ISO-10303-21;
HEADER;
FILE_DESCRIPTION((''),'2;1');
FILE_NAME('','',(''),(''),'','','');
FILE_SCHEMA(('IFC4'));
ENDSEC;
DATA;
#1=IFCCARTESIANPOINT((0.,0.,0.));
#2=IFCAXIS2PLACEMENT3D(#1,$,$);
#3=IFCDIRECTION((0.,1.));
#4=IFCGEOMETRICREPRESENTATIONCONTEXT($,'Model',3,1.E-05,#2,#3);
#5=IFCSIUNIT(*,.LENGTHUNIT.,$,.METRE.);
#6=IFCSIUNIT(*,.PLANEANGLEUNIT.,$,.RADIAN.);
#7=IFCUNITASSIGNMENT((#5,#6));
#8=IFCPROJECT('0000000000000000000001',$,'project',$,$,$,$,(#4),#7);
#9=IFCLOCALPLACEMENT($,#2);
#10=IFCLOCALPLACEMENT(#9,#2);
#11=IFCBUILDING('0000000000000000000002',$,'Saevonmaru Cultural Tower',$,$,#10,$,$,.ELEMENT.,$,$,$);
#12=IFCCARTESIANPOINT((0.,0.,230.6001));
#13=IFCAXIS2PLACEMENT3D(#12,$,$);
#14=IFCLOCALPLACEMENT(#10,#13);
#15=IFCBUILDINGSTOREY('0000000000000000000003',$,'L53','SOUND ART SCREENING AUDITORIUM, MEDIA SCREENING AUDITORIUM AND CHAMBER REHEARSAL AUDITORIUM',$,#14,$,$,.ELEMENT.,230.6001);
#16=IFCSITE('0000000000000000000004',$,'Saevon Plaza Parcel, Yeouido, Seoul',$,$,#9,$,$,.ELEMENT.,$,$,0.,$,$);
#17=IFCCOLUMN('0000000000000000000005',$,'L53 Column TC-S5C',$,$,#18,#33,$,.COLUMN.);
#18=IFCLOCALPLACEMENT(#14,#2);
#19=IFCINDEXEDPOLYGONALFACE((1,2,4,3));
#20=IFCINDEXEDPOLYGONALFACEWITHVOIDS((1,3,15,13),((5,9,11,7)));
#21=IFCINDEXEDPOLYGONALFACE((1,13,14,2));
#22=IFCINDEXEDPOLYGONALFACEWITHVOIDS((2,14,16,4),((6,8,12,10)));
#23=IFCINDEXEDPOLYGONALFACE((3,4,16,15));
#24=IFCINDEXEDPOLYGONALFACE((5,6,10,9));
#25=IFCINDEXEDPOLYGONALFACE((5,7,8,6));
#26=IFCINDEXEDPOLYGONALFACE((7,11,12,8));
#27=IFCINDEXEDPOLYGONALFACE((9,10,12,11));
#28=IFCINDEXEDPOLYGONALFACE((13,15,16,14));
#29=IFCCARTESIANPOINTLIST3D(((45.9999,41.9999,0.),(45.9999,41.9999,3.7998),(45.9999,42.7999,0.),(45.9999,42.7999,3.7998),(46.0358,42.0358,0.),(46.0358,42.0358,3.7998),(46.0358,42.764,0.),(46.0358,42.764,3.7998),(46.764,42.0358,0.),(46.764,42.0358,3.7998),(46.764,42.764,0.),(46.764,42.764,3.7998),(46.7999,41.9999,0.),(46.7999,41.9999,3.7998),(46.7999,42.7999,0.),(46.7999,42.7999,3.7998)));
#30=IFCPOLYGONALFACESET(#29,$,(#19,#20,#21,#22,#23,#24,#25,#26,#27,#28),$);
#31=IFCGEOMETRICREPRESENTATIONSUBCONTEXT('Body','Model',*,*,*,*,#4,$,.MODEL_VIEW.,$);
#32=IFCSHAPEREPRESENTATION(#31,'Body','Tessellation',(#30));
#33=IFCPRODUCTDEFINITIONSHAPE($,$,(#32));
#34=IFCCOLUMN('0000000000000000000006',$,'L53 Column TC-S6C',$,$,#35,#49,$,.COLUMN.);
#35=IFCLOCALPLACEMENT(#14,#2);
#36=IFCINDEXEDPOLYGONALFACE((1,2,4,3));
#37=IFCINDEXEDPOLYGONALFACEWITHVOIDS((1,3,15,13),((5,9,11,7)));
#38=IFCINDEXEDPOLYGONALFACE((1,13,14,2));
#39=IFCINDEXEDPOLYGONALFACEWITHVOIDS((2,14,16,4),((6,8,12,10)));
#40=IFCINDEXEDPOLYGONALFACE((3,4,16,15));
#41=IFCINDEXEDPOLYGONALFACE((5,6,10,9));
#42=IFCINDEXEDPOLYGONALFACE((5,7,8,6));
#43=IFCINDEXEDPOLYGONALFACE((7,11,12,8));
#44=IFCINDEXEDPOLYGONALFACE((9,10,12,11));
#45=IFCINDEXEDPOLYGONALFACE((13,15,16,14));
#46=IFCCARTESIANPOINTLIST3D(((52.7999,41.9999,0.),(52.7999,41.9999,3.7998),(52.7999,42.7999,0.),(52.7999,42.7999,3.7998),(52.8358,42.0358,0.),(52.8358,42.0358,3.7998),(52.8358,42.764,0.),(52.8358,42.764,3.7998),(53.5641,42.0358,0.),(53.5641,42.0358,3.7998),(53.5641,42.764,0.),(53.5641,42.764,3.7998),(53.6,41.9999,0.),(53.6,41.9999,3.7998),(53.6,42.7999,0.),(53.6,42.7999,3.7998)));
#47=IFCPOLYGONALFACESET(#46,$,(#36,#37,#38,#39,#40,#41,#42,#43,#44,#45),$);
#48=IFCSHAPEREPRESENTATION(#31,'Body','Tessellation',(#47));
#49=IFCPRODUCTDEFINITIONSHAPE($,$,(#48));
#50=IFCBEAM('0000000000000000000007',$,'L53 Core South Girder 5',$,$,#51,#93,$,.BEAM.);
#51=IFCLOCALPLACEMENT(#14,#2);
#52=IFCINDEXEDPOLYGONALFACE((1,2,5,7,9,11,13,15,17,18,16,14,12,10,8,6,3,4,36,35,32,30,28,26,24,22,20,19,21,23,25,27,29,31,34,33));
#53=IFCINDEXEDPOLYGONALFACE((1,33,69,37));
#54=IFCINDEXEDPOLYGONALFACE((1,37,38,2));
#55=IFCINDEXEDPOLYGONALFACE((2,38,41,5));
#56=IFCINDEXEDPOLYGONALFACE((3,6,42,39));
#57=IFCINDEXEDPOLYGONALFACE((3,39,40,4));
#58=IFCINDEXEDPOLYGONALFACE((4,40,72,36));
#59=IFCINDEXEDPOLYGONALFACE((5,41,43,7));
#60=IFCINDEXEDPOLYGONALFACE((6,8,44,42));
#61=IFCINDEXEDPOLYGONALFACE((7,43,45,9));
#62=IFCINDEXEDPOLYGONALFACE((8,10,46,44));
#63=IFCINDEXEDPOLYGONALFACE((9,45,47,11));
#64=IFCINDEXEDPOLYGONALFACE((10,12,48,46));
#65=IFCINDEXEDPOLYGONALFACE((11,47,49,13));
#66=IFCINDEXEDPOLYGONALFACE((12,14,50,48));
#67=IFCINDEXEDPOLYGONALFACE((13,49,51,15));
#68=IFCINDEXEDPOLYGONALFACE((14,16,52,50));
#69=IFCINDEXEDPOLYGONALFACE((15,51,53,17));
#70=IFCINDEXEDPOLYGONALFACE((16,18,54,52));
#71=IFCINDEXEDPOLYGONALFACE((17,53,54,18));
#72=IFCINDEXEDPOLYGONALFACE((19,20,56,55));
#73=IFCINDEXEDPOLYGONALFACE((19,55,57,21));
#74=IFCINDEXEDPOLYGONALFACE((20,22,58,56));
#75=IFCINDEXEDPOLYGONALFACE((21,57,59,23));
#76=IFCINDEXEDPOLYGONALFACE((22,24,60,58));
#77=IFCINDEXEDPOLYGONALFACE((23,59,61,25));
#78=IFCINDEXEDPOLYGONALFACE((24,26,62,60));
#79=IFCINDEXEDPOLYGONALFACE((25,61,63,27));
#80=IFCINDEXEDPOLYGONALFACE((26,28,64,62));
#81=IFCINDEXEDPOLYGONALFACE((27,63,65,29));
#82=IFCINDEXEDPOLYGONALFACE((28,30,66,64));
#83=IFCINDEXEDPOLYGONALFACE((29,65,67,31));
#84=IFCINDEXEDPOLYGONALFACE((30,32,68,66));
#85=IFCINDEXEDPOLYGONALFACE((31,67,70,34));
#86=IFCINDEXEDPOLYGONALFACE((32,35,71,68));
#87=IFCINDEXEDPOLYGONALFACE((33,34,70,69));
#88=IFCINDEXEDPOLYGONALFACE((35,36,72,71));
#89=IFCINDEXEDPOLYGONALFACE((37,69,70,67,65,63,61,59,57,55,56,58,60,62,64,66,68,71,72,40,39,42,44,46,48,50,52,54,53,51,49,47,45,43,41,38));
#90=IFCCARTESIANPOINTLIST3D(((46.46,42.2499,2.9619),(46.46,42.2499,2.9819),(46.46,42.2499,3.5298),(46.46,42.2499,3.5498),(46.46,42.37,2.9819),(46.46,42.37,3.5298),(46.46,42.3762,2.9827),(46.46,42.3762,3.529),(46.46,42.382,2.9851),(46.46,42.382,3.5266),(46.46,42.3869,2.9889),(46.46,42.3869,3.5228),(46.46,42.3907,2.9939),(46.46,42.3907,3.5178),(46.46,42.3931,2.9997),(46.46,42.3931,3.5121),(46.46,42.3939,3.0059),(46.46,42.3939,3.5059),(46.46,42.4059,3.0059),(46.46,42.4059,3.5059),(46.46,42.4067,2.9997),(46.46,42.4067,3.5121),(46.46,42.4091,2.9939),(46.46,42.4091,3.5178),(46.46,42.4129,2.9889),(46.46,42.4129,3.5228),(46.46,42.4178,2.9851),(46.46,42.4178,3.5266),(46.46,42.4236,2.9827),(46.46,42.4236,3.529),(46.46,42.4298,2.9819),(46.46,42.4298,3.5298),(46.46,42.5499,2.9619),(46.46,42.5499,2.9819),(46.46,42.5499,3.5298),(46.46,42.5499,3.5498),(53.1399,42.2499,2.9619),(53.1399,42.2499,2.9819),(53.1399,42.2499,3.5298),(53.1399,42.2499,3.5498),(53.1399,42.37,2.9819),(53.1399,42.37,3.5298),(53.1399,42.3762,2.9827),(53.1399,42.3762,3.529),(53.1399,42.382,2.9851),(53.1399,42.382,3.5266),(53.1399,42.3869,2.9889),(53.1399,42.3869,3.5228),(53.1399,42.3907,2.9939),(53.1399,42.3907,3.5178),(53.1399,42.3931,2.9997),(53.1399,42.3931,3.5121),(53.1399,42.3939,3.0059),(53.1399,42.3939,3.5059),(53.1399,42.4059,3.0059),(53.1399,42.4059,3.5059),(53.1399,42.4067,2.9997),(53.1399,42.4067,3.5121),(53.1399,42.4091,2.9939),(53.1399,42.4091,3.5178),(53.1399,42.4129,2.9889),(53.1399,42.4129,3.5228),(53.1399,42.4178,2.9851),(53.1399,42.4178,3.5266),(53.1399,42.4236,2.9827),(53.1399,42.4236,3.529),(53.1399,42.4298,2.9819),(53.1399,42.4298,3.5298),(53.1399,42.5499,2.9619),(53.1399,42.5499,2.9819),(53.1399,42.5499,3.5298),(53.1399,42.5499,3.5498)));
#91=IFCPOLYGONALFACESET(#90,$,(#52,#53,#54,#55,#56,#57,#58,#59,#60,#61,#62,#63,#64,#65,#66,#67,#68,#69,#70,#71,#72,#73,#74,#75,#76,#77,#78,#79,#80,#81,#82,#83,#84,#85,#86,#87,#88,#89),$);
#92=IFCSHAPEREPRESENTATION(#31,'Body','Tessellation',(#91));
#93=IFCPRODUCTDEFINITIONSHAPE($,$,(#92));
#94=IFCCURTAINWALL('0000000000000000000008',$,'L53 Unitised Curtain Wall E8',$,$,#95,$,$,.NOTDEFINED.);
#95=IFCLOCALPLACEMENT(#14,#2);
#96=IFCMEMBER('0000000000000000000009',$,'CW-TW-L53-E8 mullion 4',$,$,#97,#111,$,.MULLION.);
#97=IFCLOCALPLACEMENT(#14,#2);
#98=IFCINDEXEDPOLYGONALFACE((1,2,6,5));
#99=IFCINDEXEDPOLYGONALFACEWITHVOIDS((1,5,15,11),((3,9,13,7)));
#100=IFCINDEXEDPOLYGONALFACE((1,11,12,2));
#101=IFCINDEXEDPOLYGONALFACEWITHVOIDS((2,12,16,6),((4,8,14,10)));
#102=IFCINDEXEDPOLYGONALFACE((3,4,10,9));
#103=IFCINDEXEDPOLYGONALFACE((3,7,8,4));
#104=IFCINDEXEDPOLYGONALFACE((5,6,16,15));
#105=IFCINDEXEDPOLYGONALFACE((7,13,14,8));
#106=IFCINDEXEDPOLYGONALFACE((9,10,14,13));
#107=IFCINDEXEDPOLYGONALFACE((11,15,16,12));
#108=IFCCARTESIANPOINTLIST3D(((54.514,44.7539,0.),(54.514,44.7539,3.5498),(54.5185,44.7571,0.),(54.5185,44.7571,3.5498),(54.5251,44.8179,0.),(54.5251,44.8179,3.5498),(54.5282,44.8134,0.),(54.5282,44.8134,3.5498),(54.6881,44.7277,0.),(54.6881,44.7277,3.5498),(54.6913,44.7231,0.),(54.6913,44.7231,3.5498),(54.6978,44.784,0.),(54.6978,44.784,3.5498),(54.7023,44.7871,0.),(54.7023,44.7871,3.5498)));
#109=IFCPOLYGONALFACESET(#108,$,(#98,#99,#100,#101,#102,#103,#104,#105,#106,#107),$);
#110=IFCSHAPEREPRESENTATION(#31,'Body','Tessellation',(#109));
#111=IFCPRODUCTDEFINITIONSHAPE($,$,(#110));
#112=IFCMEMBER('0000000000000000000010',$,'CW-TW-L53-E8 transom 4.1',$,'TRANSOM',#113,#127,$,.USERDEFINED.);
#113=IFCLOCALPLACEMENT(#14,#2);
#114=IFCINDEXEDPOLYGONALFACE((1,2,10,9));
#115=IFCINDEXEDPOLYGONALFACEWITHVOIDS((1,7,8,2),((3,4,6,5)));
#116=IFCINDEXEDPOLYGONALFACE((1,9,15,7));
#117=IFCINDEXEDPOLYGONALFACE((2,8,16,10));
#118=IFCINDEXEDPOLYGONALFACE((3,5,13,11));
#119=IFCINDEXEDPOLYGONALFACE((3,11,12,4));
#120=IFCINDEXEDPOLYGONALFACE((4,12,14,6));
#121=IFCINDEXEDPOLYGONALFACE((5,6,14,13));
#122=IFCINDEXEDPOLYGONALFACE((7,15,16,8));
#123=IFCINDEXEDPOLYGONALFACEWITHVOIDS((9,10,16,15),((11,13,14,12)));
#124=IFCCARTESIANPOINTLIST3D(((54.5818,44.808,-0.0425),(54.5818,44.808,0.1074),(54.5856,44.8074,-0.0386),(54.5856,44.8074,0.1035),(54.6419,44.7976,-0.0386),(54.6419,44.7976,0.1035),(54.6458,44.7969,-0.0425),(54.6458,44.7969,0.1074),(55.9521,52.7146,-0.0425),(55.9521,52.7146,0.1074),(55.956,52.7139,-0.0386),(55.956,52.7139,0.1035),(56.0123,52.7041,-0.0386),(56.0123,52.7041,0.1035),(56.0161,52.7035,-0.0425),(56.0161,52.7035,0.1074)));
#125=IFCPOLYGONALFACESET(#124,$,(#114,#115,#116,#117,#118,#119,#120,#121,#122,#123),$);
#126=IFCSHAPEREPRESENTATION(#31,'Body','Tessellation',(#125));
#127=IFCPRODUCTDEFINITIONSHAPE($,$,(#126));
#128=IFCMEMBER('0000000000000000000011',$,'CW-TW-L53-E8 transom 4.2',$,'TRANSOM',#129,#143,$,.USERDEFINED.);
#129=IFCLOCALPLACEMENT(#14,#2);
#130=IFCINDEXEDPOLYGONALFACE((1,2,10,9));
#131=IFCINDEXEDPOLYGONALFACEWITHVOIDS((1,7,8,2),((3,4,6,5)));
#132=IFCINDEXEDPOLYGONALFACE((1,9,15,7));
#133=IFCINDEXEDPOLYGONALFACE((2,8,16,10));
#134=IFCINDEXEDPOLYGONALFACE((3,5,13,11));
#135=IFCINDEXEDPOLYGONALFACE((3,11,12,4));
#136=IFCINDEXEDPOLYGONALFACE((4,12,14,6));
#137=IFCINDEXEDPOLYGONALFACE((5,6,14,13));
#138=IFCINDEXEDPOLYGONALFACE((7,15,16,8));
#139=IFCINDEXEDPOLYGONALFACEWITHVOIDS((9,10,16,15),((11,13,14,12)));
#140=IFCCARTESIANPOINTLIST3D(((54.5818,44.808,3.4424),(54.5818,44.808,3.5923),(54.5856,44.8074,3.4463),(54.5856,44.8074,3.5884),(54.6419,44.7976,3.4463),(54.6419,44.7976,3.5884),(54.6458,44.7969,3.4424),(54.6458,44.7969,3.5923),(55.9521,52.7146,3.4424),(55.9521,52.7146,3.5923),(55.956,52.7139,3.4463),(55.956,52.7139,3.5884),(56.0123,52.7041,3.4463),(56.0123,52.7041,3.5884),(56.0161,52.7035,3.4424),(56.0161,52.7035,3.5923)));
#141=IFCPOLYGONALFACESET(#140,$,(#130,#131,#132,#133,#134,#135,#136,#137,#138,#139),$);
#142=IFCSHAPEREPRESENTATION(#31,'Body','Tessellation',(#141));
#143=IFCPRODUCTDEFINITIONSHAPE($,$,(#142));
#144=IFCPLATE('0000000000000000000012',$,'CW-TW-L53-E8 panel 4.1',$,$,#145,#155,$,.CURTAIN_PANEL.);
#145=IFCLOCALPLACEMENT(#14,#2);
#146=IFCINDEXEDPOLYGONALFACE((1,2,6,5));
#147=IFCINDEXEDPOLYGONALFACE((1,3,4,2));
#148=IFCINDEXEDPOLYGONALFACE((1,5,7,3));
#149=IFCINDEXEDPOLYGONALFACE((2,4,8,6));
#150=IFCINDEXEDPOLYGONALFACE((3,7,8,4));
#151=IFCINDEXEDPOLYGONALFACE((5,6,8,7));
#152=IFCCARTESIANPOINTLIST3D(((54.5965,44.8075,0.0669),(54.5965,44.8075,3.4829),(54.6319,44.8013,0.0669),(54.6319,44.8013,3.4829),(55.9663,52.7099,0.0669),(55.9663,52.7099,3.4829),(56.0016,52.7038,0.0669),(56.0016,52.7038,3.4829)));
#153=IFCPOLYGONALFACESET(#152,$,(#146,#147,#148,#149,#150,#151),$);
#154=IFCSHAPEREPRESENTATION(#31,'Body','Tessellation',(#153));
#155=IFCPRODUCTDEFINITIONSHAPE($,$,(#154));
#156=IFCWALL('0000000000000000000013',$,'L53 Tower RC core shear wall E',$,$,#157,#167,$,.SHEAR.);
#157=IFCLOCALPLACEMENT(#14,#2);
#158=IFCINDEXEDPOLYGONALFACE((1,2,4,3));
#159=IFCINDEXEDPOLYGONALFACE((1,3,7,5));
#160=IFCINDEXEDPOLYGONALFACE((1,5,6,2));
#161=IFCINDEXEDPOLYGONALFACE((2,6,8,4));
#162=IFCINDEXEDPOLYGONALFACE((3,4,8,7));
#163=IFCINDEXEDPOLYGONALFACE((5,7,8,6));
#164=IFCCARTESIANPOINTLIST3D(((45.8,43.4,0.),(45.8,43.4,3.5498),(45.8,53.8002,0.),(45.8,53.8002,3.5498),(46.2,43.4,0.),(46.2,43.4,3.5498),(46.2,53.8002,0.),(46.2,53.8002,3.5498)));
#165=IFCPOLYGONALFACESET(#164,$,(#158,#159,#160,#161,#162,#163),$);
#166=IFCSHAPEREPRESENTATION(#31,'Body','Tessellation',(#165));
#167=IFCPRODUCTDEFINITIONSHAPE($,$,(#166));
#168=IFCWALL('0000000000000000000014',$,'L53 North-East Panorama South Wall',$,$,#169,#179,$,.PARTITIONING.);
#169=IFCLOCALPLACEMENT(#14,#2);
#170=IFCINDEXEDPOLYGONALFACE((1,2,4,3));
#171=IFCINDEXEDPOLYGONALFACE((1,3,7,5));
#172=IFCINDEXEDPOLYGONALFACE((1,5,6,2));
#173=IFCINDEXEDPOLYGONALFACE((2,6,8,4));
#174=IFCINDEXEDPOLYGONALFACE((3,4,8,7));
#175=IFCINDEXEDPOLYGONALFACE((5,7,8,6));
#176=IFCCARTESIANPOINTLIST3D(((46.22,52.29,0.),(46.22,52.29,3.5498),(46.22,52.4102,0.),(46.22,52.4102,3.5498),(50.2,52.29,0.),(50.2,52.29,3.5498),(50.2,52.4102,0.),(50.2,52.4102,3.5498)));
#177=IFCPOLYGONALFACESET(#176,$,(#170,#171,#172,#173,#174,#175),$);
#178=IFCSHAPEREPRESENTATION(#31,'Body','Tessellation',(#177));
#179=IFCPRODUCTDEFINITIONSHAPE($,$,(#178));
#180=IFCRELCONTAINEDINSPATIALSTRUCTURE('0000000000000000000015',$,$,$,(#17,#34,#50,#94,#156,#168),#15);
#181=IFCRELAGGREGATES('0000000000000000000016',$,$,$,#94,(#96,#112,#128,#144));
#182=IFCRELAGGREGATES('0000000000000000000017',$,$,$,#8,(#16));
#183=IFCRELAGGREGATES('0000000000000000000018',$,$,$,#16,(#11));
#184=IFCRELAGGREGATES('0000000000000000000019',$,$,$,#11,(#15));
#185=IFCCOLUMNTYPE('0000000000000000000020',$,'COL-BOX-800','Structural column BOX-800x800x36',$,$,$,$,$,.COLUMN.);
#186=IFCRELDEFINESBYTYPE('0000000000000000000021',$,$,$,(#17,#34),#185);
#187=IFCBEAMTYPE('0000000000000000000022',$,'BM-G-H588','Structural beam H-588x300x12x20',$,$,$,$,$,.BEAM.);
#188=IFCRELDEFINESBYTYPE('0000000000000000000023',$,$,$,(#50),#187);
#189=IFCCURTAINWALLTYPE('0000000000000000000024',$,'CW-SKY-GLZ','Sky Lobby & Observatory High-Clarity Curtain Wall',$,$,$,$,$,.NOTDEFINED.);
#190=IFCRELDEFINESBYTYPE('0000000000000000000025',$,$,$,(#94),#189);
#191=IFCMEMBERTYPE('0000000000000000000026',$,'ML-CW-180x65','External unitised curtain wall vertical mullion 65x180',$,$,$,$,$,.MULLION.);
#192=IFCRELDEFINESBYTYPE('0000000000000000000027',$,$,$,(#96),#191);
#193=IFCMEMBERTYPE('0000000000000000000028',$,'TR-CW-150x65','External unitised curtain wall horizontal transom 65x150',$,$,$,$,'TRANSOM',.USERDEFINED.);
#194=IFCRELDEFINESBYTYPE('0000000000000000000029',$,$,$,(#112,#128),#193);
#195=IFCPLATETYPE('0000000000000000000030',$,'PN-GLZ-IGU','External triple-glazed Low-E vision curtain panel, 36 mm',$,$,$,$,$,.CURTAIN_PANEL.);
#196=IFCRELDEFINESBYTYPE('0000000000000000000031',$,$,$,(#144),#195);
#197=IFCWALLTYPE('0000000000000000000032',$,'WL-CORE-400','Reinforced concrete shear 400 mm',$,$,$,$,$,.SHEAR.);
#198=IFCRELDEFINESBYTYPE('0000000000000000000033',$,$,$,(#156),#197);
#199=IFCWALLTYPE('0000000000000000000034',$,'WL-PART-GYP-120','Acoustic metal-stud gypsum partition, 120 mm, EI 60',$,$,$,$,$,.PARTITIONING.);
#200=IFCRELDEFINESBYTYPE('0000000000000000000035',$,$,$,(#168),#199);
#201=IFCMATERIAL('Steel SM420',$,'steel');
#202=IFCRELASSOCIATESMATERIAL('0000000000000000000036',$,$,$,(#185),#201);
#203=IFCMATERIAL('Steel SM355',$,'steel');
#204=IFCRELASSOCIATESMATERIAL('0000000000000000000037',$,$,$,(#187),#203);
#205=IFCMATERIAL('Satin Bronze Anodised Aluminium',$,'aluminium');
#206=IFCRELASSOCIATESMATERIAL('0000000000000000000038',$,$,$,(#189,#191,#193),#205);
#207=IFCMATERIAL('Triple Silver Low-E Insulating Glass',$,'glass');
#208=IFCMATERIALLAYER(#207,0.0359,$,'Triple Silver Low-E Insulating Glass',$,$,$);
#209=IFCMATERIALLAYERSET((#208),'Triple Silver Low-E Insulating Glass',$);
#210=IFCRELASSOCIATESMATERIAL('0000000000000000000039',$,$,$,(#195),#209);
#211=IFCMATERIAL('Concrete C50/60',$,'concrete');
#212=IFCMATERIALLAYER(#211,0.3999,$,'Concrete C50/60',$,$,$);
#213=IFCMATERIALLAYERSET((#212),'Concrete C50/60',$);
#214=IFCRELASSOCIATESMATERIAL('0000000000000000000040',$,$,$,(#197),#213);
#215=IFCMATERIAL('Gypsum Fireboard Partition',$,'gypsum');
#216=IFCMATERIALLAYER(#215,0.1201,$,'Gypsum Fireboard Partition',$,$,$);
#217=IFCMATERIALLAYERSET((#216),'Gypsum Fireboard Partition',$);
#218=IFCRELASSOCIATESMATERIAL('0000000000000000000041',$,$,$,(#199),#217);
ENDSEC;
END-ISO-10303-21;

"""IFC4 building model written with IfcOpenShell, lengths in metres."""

from ifc_helpers import new_model, si_unit, direction, frame, frame_2d, origin, origin_2d, place, context, subcontext, project, spatial, rectangle, hollow_rectangle, i_section, extrude, material, layer, layer_set, material_profile, profile_set, type_object, element, aggregate, save


model = new_model("IFC4")

# Units and contexts
model_context = context("Model", 3, precision=1e-05, world=origin(), true_north=direction((0.0, 1.0)))
body_context = subcontext(model_context, "Body", "Model", "MODEL_VIEW")
ifc_project = project(units=[si_unit("LENGTHUNIT", "METRE"), si_unit("PLANEANGLEUNIT", "RADIAN")], contexts=[model_context])

# Site, building, storey
site_placement = place(None, origin())
site = spatial("IfcSite", under=ifc_project, at=site_placement, Name="Saevon Plaza Parcel, Yeouido, Seoul", CompositionType="ELEMENT", RefElevation=0.0)
building_placement = place(site_placement, origin())
building = spatial("IfcBuilding", under=site, at=building_placement, Name="Saevonmaru Cultural Tower", CompositionType="ELEMENT")
storey_placement = place(building_placement, frame((0.0, 0.0, 230.6001)))
storey = spatial("IfcBuildingStorey", under=building, at=storey_placement, Name="L53", Description="SOUND ART SCREENING AUDITORIUM, MEDIA SCREENING AUDITORIUM AND CHAMBER REHEARSAL AUDITORIUM", CompositionType="ELEMENT", Elevation=230.6001)

# Columns
ifc_material_1 = material(Name="Steel SM420", Category="steel")
ifc_material_profile_1 = material_profile(ifc_material_1, hollow_rectangle(XDim=0.8, YDim=0.8, WallThickness=0.0359, at=origin_2d()), Name="BOX-800x800x36")
ifc_profile_set_1 = profile_set([ifc_material_profile_1], Name="Steel SM420")
column_type = type_object("IfcColumnType", Name="COL-BOX-800", Description="Structural column BOX-800x800x36", PredefinedType="COLUMN", material=ifc_profile_set_1)
for number, where, z_axis, x_axis, name in (
    (1, (46.3999, 42.3999, 0.0), (0.0, 0.0, 1.0), (1.0, 0.0, 0.0), "L53 Column TC-S5C"),
    (2, (53.2, 42.3999, 0.0), (0.0, 0.0, 1.0), (1.0, 0.0, 0.0), "L53 Column TC-S6C"),
):
    element("IfcColumn", number, at=place(storey_placement, frame(where, z_axis=z_axis, x_axis=x_axis)), inside=storey, type_object=column_type, Name=name, PredefinedType="COLUMN", context=body_context, shape_type="SweptSolid", body=[
        extrude(hollow_rectangle(XDim=0.8, YDim=0.8, WallThickness=0.0359, at=origin_2d()), origin(), (0.0, 0.0, 1.0), 3.7998),
    ])

# Beam
ifc_material_2 = material(Name="Steel SM355", Category="steel")
ifc_material_profile_2 = material_profile(ifc_material_2, i_section(OverallWidth=0.3, OverallDepth=0.5879, WebThickness=0.012, FlangeThickness=0.02, FilletRadius=0.0239, at=origin_2d()), Name="H-588x300x12x20")
ifc_profile_set_2 = profile_set([ifc_material_profile_2], Name="Steel SM355")
beam_type = type_object("IfcBeamType", Name="BM-G-H588", Description="Structural beam H-588x300x12x20", PredefinedType="BEAM", material=ifc_profile_set_2)
beam_placement = place(storey_placement, frame((46.46, 42.3999, 3.2559), z_axis=(1.0, 0.0, 0.0), x_axis=(0.0, 1.0, 0.0)))
element("IfcBeam", 3, at=beam_placement, inside=storey, type_object=beam_type, Name="L53 Core South Girder 5", PredefinedType="BEAM", context=body_context, shape_type="SweptSolid", body=[
    extrude(i_section(OverallWidth=0.3, OverallDepth=0.5879, WebThickness=0.012, FlangeThickness=0.02, FilletRadius=0.0239, at=origin_2d()), origin(), (0.0, 0.0, 1.0), 6.6799),
])

# Curtain wall, members, plate
ifc_material_3 = material(Name="Satin Bronze Anodised Aluminium", Category="aluminium")
curtain_wall_type = type_object("IfcCurtainWallType", Name="CW-SKY-GLZ", Description="Sky Lobby & Observatory High-Clarity Curtain Wall", PredefinedType="NOTDEFINED", material=ifc_material_3)
curtain_wall_placement = place(storey_placement, origin())
curtain_wall = element("IfcCurtainWall", 4, at=curtain_wall_placement, inside=storey, type_object=curtain_wall_type, Name="L53 Unitised Curtain Wall E8", PredefinedType="NOTDEFINED")
ifc_material_profile_3 = material_profile(ifc_material_3, hollow_rectangle(XDim=0.0649, YDim=0.1799, WallThickness=0.0039, at=origin_2d()), Name="ALU-MULL-180x65x4")
ifc_profile_set_3 = profile_set([ifc_material_profile_3], Name="Satin Bronze Anodised Aluminium")
member_type_1 = type_object("IfcMemberType", Name="ML-CW-180x65", Description="External unitised curtain wall vertical mullion 65x180", PredefinedType="MULLION", material=ifc_profile_set_3)
member_1_placement = place(storey_placement, frame((54.6082, 44.7705, 0.0), z_axis=(0.0, 0.0, 1.0), x_axis=(0.17079, 0.985307, 0.0)))
member_1 = element("IfcMember", 5, at=member_1_placement, type_object=member_type_1, Name="CW-TW-L53-E8 mullion 4", PredefinedType="MULLION", context=body_context, shape_type="SweptSolid", body=[
    extrude(hollow_rectangle(XDim=0.0649, YDim=0.1799, WallThickness=0.0039, at=origin_2d()), origin(), (0.0, 0.0, 1.0), 3.5498),
])
ifc_material_profile_4 = material_profile(ifc_material_3, hollow_rectangle(XDim=0.0649, YDim=0.1499, WallThickness=0.0039, at=origin_2d()), Name="ALU-TRAN-150x65x4")
ifc_profile_set_4 = profile_set([ifc_material_profile_4], Name="Satin Bronze Anodised Aluminium")
member_type_2 = type_object("IfcMemberType", Name="TR-CW-150x65", Description="External unitised curtain wall horizontal transom 65x150", ElementType="TRANSOM", PredefinedType="USERDEFINED", material=ifc_profile_set_4)
member_2_placement = place(storey_placement, frame((54.6138, 44.8025, 0.0325), z_axis=(0.170775, 0.98531, 0.0), x_axis=(-0.98531, 0.170775, 0.0)))
member_2 = element("IfcMember", 6, at=member_2_placement, type_object=member_type_2, Name="CW-TW-L53-E8 transom 4.1", ObjectType="TRANSOM", PredefinedType="USERDEFINED", context=body_context, shape_type="SweptSolid", body=[
    extrude(hollow_rectangle(XDim=0.0649, YDim=0.1499, WallThickness=0.0039, at=origin_2d()), origin(), (0.0, 0.0, 1.0), 8.0244),
])
member_3_placement = place(storey_placement, frame((54.6138, 44.8025, 3.5173), z_axis=(0.170775, 0.98531, 0.0), x_axis=(-0.98531, 0.170775, 0.0)))
member_3 = element("IfcMember", 7, at=member_3_placement, type_object=member_type_2, Name="CW-TW-L53-E8 transom 4.2", ObjectType="TRANSOM", PredefinedType="USERDEFINED", context=body_context, shape_type="SweptSolid", body=[
    extrude(hollow_rectangle(XDim=0.0649, YDim=0.1499, WallThickness=0.0039, at=origin_2d()), origin(), (0.0, 0.0, 1.0), 8.0244),
])
ifc_material_4 = material(Name="Triple Silver Low-E Insulating Glass", Category="glass")
ifc_layer_1 = layer(ifc_material_4, 0.0359, Name="Triple Silver Low-E Insulating Glass")
ifc_layer_set_1 = layer_set([ifc_layer_1], Name="Triple Silver Low-E Insulating Glass")
plate_type = type_object("IfcPlateType", Name="PN-GLZ-IGU", Description="External triple-glazed Low-E vision curtain panel, 36 mm", PredefinedType="CURTAIN_PANEL", material=ifc_layer_set_1)
plate_placement = place(storey_placement, frame((55.2991, 48.7556, 0.0669), z_axis=(0.0, 0.0, 1.0), x_axis=(0.17079, 0.985307, 0.0)))
plate = element("IfcPlate", 8, at=plate_placement, type_object=plate_type, Name="CW-TW-L53-E8 panel 4.1", PredefinedType="CURTAIN_PANEL", context=body_context, shape_type="SweptSolid", body=[
    extrude(rectangle(XDim=8.0203, YDim=0.0359, at=origin_2d()), origin(), (0.0, 0.0, 1.0), 3.416),
])
aggregate(curtain_wall, [member_1, member_2, member_3, plate])

# Wall
ifc_material_5 = material(Name="Concrete C50/60", Category="concrete")
ifc_layer_2 = layer(ifc_material_5, 0.3999, Name="Concrete C50/60")
ifc_layer_set_2 = layer_set([ifc_layer_2], Name="Concrete C50/60")
wall_type_1 = type_object("IfcWallType", Name="WL-CORE-400", Description="Reinforced concrete shear 400 mm", PredefinedType="SHEAR", material=ifc_layer_set_2)
wall_1_placement = place(storey_placement, frame((46.0, 43.3999, 0.0), z_axis=(0.0, 0.0, 1.0), x_axis=(0.0, 1.0, 0.0)))
element("IfcWall", 9, at=wall_1_placement, inside=storey, type_object=wall_type_1, Name="L53 Tower RC core shear wall E", PredefinedType="SHEAR", context=body_context, shape_type="SweptSolid", body=[
    extrude(rectangle(XDim=10.4001, YDim=0.3999, at=frame_2d((5.2002, 0.0))), origin(), (0.0, 0.0, 1.0), 3.5498),
])

# Shared definitions
ifc_material_6 = material(Name="Gypsum Fireboard Partition", Category="gypsum")

# Wall
ifc_layer_3 = layer(ifc_material_6, 0.1201, Name="Gypsum Fireboard Partition")
ifc_layer_set_3 = layer_set([ifc_layer_3], Name="Gypsum Fireboard Partition")
wall_type_2 = type_object("IfcWallType", Name="WL-PART-GYP-120", Description="Acoustic metal-stud gypsum partition, 120 mm, EI 60", PredefinedType="PARTITIONING", material=ifc_layer_set_3)
wall_2_placement = place(storey_placement, frame((46.22, 52.3501, 0.0), z_axis=(0.0, 0.0, 1.0), x_axis=(1.0, 0.0, 0.0)))
element("IfcWall", 10, at=wall_2_placement, inside=storey, type_object=wall_type_2, Name="L53 North-East Panorama South Wall", PredefinedType="PARTITIONING", context=body_context, shape_type="SweptSolid", body=[
    extrude(rectangle(XDim=3.98, YDim=0.1201, at=frame_2d((1.99, 0.0))), origin(), (0.0, 0.0, 1.0), 3.5498),
])

save(model, "model.ifc")
